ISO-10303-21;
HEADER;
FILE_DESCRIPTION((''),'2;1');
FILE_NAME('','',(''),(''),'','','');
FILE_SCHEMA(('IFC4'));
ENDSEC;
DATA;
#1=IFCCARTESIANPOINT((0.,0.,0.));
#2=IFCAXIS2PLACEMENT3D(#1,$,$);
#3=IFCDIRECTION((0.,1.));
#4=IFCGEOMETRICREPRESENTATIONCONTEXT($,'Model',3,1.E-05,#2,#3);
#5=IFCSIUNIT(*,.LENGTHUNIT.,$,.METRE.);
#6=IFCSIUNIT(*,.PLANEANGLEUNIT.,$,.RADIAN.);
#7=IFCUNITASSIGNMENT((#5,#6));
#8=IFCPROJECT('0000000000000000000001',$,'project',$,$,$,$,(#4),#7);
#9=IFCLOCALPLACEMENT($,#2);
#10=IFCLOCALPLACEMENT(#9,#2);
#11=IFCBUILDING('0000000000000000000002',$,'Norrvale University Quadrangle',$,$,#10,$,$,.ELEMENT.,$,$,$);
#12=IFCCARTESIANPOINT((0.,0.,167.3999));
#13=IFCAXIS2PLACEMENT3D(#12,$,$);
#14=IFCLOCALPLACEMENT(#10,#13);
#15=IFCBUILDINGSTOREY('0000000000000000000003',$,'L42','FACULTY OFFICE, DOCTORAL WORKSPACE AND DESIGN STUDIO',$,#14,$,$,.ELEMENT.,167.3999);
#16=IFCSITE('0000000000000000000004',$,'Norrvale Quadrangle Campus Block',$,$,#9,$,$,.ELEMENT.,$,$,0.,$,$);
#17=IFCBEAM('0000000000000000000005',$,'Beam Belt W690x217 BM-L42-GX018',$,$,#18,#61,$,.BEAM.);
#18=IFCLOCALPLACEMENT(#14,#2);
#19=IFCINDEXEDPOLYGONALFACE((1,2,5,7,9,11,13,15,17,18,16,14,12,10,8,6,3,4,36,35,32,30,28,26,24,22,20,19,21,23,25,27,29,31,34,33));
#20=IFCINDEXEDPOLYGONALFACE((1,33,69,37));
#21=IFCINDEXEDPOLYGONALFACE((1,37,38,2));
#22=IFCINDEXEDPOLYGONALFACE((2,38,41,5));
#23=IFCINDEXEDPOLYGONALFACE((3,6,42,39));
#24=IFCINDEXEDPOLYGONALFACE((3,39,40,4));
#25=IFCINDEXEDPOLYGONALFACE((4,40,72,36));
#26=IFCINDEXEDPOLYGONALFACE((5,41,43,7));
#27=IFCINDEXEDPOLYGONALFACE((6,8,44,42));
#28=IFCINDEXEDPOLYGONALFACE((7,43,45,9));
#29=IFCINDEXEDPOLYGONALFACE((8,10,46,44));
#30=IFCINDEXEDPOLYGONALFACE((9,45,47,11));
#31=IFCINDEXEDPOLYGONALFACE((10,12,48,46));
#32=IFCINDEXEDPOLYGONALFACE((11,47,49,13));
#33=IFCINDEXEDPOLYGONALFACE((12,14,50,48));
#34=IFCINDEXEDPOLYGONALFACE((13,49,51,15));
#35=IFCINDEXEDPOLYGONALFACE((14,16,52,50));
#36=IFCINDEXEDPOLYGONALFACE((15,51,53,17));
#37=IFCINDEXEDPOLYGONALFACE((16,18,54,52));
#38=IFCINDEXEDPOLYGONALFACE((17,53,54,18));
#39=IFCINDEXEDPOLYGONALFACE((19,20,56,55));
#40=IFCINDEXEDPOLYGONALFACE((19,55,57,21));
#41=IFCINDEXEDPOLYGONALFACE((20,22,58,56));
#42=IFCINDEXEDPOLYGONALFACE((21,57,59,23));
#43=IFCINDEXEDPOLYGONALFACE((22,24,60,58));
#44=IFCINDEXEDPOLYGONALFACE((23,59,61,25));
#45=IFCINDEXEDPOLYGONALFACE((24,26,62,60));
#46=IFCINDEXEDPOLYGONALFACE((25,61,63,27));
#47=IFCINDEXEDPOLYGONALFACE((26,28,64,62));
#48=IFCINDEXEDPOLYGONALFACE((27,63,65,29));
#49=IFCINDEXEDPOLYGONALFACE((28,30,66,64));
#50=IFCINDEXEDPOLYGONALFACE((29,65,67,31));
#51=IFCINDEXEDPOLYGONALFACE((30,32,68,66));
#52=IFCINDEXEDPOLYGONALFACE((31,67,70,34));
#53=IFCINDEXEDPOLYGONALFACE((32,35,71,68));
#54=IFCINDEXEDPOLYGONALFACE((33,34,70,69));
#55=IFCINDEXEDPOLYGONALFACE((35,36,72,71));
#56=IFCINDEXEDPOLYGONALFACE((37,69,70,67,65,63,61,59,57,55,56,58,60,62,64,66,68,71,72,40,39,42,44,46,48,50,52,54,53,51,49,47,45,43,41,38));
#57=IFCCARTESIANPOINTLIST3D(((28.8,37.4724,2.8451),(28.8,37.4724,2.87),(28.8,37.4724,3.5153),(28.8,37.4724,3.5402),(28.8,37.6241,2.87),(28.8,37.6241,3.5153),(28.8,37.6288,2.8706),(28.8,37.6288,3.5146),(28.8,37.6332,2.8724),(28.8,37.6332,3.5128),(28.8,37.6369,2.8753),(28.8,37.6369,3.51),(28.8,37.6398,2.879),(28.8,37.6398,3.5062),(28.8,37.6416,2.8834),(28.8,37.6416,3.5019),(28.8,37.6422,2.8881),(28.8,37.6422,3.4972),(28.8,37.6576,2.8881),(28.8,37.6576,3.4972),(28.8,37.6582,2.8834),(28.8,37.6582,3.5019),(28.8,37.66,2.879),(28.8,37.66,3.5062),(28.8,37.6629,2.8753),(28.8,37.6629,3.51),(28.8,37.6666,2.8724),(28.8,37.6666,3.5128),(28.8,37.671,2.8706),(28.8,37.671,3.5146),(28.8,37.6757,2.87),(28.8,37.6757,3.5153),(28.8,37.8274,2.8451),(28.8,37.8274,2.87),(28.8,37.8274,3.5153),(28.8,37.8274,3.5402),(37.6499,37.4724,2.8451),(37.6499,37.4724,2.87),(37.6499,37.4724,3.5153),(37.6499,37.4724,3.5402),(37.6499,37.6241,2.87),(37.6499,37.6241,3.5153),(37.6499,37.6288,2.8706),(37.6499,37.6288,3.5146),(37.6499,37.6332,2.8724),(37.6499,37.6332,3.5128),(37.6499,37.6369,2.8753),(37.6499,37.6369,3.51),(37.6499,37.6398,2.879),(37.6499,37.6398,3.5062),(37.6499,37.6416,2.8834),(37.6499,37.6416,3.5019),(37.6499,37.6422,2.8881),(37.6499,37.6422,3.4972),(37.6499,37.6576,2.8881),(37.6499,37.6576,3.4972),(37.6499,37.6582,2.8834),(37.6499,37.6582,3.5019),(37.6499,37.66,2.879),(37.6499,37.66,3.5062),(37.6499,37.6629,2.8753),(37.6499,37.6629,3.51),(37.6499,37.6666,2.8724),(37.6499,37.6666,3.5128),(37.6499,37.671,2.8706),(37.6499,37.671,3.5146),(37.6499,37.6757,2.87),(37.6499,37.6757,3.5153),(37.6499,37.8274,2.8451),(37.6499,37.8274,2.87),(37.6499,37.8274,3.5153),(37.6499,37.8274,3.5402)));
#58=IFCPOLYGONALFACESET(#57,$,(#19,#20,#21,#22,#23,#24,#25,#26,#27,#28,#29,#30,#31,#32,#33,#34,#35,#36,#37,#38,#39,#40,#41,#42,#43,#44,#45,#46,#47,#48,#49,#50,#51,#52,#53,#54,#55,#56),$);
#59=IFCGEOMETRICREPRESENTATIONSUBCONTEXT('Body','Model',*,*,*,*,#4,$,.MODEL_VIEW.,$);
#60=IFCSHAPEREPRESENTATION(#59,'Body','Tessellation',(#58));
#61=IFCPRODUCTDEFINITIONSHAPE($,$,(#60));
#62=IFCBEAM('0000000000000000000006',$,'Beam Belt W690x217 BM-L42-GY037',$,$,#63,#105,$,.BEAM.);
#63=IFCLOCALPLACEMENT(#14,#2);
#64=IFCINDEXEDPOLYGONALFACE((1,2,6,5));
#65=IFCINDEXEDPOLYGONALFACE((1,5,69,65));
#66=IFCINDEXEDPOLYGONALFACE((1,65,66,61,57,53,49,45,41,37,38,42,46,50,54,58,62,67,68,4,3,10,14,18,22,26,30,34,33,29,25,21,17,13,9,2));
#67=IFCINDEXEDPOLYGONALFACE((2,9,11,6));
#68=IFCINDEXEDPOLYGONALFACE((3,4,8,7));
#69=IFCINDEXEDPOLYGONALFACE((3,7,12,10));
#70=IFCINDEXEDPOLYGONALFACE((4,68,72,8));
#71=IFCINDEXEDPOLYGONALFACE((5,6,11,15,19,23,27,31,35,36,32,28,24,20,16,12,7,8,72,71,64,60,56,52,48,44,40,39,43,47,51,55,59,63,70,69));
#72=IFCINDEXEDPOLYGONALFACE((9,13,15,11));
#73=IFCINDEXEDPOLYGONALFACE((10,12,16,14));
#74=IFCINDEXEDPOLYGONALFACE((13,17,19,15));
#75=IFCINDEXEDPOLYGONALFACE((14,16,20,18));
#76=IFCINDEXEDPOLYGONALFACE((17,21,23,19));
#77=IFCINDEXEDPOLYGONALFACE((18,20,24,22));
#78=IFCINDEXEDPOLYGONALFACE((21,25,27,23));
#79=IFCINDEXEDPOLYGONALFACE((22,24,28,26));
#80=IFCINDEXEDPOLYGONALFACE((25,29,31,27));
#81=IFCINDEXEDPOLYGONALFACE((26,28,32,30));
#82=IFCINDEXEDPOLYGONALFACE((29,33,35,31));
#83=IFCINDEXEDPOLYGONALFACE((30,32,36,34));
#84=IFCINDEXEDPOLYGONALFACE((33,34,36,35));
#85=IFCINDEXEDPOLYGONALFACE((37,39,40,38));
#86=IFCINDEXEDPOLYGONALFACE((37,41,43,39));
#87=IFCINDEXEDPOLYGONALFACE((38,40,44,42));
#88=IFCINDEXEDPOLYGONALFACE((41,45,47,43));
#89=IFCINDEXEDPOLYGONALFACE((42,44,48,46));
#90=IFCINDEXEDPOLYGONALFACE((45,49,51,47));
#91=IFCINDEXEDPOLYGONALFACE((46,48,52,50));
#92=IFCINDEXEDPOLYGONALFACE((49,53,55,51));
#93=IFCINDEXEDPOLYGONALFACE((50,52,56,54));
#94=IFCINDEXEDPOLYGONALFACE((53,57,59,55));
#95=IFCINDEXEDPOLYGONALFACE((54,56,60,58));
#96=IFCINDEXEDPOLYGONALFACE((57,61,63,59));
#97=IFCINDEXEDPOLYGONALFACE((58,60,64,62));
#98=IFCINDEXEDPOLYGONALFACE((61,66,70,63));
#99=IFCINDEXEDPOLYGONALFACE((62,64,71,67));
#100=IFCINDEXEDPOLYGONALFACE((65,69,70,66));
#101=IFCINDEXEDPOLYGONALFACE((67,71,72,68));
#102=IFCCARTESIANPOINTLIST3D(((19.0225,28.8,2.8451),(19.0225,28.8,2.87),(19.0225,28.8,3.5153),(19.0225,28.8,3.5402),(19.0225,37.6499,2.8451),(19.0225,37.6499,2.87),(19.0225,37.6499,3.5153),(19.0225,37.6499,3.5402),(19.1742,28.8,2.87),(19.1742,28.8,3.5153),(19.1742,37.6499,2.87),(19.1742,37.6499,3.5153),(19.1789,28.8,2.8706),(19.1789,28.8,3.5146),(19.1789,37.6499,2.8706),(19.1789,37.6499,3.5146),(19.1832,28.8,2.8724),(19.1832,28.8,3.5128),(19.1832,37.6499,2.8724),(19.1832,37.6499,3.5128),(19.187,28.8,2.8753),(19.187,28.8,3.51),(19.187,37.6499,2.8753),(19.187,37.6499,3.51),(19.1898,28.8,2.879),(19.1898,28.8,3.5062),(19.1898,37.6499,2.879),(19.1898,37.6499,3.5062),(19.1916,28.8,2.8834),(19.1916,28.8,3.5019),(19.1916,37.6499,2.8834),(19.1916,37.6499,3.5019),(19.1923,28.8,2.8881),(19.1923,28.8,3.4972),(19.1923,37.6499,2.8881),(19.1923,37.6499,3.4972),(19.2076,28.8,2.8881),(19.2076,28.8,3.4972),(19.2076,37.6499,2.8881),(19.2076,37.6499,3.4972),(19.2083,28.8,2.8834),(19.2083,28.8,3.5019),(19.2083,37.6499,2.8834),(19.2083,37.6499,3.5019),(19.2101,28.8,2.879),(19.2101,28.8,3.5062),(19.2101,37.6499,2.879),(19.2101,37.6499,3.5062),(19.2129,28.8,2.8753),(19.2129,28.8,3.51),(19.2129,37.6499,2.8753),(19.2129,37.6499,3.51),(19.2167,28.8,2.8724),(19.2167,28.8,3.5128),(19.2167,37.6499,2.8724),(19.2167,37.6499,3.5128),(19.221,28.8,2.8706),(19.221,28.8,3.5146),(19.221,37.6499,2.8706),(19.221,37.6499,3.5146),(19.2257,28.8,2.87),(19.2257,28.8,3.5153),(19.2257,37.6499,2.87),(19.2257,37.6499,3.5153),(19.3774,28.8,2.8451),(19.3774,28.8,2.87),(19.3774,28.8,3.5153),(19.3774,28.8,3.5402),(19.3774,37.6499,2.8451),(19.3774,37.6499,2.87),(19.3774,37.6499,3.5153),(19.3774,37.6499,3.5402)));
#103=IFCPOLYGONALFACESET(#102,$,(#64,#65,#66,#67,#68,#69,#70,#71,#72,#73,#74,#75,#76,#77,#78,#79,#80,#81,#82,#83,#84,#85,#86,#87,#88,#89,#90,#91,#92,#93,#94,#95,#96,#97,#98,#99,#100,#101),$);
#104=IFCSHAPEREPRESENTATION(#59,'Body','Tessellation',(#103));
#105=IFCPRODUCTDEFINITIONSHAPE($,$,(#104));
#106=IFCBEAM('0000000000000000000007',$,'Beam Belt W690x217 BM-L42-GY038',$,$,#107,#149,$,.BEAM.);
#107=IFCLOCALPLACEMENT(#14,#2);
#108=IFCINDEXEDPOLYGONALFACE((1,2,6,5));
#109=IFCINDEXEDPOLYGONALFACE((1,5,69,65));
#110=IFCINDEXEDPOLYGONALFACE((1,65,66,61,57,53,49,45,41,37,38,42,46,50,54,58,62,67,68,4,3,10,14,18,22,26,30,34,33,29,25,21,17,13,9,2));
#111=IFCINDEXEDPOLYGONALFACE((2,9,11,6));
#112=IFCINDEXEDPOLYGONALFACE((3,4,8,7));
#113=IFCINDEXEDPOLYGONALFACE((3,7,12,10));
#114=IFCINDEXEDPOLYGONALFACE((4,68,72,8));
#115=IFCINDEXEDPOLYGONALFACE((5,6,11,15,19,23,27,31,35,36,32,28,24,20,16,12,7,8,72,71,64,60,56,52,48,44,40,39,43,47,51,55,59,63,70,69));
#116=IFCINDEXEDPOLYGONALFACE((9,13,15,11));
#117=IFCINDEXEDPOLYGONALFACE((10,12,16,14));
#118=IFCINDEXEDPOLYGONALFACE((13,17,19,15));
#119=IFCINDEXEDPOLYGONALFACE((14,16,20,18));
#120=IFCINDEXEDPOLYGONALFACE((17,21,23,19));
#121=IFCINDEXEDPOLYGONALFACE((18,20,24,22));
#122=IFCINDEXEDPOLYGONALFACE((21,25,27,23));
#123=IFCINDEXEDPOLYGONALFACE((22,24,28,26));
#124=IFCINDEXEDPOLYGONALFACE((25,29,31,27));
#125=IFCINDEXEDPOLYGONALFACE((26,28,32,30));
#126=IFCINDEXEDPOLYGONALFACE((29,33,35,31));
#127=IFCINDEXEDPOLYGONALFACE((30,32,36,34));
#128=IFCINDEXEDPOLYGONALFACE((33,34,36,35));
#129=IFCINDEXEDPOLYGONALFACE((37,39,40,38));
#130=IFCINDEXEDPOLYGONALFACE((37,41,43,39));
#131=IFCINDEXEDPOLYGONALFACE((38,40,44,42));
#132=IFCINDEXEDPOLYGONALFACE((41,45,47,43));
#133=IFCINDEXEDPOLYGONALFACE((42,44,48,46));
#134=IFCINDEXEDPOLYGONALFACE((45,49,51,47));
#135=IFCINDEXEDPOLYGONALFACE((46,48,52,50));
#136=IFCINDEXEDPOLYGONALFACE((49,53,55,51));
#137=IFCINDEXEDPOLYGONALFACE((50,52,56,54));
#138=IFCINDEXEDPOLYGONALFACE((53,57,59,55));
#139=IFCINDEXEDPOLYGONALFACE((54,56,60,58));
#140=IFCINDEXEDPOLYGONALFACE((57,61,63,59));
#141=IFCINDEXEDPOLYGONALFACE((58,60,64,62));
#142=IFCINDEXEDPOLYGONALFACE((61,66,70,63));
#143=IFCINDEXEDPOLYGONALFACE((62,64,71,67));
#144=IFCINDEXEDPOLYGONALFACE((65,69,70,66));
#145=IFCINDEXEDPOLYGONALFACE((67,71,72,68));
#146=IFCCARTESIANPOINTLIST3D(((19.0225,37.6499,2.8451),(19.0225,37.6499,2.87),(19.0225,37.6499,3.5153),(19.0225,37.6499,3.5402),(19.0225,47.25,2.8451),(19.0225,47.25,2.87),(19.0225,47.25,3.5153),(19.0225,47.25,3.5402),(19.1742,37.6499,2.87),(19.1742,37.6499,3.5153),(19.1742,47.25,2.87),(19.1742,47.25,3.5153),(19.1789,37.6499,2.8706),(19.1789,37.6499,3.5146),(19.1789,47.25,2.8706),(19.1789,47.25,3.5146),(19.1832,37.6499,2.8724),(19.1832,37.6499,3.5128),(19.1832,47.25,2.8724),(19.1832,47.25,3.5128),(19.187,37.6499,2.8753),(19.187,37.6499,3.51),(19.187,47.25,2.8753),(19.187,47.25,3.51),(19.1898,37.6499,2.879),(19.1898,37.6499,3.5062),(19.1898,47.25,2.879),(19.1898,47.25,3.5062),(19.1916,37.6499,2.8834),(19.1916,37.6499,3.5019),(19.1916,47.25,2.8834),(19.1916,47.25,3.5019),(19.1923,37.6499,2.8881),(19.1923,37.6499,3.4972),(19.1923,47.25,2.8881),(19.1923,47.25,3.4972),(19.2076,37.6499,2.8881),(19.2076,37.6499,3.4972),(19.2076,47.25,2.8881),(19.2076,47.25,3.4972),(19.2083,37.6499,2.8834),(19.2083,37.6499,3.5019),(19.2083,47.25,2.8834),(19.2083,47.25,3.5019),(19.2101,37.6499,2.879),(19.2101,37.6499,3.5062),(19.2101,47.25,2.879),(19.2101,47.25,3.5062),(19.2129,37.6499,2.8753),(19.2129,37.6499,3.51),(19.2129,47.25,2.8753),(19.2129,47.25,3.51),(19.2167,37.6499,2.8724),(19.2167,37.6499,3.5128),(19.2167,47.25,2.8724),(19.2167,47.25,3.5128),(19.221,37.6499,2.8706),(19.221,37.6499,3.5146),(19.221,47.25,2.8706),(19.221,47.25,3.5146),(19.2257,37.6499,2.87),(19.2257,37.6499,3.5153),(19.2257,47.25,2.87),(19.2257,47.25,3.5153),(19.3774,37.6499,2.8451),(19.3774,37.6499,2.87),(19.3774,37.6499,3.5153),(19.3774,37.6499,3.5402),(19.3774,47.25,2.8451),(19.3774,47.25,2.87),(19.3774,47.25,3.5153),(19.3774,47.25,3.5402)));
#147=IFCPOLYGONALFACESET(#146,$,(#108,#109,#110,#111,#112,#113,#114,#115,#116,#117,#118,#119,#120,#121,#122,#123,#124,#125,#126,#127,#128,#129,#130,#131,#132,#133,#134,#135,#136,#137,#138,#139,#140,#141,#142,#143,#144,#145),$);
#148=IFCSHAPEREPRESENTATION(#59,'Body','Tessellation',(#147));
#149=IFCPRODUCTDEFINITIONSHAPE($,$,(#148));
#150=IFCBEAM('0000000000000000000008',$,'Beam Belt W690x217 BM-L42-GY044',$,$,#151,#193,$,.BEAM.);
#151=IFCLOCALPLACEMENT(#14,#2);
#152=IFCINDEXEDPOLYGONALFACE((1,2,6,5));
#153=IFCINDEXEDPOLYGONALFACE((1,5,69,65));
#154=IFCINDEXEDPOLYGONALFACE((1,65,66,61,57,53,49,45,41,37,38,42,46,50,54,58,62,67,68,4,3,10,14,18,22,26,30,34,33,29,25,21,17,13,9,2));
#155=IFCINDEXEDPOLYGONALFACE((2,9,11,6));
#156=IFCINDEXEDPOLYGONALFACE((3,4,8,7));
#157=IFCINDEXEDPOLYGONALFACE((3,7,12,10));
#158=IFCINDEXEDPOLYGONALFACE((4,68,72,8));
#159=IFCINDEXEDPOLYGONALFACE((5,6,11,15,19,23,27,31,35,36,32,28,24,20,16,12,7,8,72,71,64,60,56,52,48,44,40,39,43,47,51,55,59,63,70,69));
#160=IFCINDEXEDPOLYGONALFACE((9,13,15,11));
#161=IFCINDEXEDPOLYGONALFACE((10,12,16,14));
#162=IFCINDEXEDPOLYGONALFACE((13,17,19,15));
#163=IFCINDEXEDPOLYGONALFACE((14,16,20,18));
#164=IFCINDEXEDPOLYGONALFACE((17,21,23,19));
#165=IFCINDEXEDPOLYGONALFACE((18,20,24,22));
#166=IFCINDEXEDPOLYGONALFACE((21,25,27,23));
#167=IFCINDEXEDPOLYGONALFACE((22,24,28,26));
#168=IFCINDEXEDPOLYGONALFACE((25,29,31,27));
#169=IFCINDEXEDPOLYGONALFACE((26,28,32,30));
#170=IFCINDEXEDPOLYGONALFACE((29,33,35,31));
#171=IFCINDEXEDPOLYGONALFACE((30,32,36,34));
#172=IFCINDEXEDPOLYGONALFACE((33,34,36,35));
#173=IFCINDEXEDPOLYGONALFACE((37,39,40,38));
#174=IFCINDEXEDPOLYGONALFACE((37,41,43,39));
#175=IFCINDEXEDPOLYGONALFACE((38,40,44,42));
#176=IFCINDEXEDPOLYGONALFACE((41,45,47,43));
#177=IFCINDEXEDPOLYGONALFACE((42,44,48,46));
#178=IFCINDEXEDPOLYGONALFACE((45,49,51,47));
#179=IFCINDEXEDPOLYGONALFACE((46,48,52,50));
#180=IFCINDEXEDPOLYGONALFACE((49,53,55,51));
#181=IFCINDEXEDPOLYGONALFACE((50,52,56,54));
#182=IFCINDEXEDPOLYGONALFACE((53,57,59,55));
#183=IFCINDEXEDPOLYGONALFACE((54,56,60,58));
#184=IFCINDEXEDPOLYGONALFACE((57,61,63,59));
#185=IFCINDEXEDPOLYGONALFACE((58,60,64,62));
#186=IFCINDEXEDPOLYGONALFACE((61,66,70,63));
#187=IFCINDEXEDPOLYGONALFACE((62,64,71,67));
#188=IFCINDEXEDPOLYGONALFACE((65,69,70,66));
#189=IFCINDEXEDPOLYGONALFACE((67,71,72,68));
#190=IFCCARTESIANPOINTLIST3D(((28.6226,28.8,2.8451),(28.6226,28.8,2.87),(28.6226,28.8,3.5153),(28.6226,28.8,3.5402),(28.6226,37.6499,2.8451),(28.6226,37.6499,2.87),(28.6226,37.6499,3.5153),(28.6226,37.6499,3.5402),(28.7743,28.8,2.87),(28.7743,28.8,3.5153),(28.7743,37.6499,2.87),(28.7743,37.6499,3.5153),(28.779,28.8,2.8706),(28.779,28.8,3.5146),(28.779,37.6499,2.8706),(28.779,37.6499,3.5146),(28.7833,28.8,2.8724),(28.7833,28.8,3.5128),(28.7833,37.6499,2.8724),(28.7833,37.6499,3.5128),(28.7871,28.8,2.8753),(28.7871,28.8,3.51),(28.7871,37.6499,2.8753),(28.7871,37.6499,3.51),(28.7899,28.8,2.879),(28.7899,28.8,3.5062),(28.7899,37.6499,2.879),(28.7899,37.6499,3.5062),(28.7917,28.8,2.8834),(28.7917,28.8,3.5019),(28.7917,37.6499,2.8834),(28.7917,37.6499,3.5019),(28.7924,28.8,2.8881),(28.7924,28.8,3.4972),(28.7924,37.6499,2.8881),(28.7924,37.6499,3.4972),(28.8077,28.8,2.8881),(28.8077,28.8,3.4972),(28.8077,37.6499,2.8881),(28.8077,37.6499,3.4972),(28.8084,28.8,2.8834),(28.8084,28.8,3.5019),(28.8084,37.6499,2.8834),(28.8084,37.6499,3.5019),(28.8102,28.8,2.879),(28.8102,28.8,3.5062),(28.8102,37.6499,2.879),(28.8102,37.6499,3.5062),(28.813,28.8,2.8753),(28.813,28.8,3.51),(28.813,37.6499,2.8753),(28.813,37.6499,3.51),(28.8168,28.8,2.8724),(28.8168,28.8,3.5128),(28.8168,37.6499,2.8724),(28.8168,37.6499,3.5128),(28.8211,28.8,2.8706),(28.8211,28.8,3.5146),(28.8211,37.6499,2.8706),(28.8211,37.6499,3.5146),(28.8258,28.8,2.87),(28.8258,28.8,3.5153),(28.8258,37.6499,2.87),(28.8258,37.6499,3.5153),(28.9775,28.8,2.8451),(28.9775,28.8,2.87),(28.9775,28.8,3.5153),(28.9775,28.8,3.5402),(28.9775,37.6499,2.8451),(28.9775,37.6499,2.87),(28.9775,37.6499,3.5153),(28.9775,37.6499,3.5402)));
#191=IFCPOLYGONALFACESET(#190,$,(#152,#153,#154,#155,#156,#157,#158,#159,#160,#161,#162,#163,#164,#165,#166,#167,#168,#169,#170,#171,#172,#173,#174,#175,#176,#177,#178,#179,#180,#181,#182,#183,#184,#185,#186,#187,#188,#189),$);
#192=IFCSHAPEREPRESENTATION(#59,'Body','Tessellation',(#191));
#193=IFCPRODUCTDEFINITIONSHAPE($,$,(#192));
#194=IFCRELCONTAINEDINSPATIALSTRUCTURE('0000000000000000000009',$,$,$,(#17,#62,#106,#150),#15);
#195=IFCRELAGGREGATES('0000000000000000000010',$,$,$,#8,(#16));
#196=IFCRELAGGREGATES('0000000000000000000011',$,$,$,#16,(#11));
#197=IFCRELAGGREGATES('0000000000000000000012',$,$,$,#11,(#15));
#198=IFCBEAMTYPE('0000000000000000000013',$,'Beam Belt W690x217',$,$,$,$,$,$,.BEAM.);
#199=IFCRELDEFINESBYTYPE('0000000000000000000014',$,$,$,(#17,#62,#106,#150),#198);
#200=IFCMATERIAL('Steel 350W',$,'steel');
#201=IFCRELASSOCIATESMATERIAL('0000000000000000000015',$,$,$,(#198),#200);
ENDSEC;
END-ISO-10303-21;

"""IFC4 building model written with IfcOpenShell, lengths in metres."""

from ifc_helpers import new_model, si_unit, direction, frame, origin, origin_2d, place, context, subcontext, project, spatial, i_section, extrude, material, material_profile, profile_set, type_object, element, save


model = new_model("IFC4")

# Units and contexts
model_context = context("Model", 3, precision=1e-05, world=origin(), true_north=direction((0.0, 1.0)))
body_context = subcontext(model_context, "Body", "Model", "MODEL_VIEW")
ifc_project = project(units=[si_unit("LENGTHUNIT", "METRE"), si_unit("PLANEANGLEUNIT", "RADIAN")], contexts=[model_context])

# Site, building, storey
site_placement = place(None, origin())
site = spatial("IfcSite", under=ifc_project, at=site_placement, Name="Norrvale Quadrangle Campus Block", CompositionType="ELEMENT", RefElevation=0.0)
building_placement = place(site_placement, origin())
building = spatial("IfcBuilding", under=site, at=building_placement, Name="Norrvale University Quadrangle", CompositionType="ELEMENT")
storey_placement = place(building_placement, frame((0.0, 0.0, 167.3999)))
storey = spatial("IfcBuildingStorey", under=building, at=storey_placement, Name="L42", Description="FACULTY OFFICE, DOCTORAL WORKSPACE AND DESIGN STUDIO", CompositionType="ELEMENT", Elevation=167.3999)

# Beams
ifc_material_1 = material(Name="Steel 350W", Category="steel")
ifc_material_profile_1 = material_profile(ifc_material_1, i_section(OverallWidth=0.355, OverallDepth=0.6951, WebThickness=0.0154, FlangeThickness=0.0249, FilletRadius=0.0181, at=origin_2d()), Name="Steel 350W")
ifc_profile_set_1 = profile_set([ifc_material_profile_1], Name="Steel 350W")
beam_type_1 = type_object("IfcBeamType", Name="Beam Belt W690x217", PredefinedType="BEAM", material=ifc_profile_set_1)
for number, where, z_axis, x_axis, name in (
    (1, (28.8, 37.6499, 3.1926), (1.0, 0.0, 0.0), (0.0, 1.0, 0.0), "Beam Belt W690x217 BM-L42-GX018"),
    (2, (19.2, 28.8, 3.1926), (0.0, 1.0, 0.0), (-1.0, 0.0, 0.0), "Beam Belt W690x217 BM-L42-GY037"),
):
    element("IfcBeam", number, at=place(storey_placement, frame(where, z_axis=z_axis, x_axis=x_axis)), inside=storey, type_object=beam_type_1, Name=name, PredefinedType="BEAM", context=body_context, shape_type="SweptSolid", body=[
        extrude(i_section(OverallWidth=0.355, OverallDepth=0.6951, WebThickness=0.0154, FlangeThickness=0.0249, FilletRadius=0.0181, at=origin_2d()), origin(), (0.0, 0.0, 1.0), 8.8499),
    ])
beam_1_placement = place(storey_placement, frame((19.2, 37.6499, 3.1926), z_axis=(0.0, 1.0, 0.0), x_axis=(-1.0, 0.0, 0.0)))
element("IfcBeam", 3, at=beam_1_placement, inside=storey, type_object=beam_type_1, Name="Beam Belt W690x217 BM-L42-GY038", PredefinedType="BEAM", context=body_context, shape_type="SweptSolid", body=[
    extrude(i_section(OverallWidth=0.355, OverallDepth=0.6951, WebThickness=0.0154, FlangeThickness=0.0249, FilletRadius=0.0181, at=origin_2d()), origin(), (0.0, 0.0, 1.0), 9.6001),
])
beam_2_placement = place(storey_placement, frame((28.8, 28.8, 3.1926), z_axis=(0.0, 1.0, 0.0), x_axis=(-1.0, 0.0, 0.0)))
element("IfcBeam", 4, at=beam_2_placement, inside=storey, type_object=beam_type_1, Name="Beam Belt W690x217 BM-L42-GY044", PredefinedType="BEAM", context=body_context, shape_type="SweptSolid", body=[
    extrude(i_section(OverallWidth=0.355, OverallDepth=0.6951, WebThickness=0.0154, FlangeThickness=0.0249, FilletRadius=0.0181, at=origin_2d()), origin(), (0.0, 0.0, 1.0), 8.8499),
])

save(model, "model.ifc")
